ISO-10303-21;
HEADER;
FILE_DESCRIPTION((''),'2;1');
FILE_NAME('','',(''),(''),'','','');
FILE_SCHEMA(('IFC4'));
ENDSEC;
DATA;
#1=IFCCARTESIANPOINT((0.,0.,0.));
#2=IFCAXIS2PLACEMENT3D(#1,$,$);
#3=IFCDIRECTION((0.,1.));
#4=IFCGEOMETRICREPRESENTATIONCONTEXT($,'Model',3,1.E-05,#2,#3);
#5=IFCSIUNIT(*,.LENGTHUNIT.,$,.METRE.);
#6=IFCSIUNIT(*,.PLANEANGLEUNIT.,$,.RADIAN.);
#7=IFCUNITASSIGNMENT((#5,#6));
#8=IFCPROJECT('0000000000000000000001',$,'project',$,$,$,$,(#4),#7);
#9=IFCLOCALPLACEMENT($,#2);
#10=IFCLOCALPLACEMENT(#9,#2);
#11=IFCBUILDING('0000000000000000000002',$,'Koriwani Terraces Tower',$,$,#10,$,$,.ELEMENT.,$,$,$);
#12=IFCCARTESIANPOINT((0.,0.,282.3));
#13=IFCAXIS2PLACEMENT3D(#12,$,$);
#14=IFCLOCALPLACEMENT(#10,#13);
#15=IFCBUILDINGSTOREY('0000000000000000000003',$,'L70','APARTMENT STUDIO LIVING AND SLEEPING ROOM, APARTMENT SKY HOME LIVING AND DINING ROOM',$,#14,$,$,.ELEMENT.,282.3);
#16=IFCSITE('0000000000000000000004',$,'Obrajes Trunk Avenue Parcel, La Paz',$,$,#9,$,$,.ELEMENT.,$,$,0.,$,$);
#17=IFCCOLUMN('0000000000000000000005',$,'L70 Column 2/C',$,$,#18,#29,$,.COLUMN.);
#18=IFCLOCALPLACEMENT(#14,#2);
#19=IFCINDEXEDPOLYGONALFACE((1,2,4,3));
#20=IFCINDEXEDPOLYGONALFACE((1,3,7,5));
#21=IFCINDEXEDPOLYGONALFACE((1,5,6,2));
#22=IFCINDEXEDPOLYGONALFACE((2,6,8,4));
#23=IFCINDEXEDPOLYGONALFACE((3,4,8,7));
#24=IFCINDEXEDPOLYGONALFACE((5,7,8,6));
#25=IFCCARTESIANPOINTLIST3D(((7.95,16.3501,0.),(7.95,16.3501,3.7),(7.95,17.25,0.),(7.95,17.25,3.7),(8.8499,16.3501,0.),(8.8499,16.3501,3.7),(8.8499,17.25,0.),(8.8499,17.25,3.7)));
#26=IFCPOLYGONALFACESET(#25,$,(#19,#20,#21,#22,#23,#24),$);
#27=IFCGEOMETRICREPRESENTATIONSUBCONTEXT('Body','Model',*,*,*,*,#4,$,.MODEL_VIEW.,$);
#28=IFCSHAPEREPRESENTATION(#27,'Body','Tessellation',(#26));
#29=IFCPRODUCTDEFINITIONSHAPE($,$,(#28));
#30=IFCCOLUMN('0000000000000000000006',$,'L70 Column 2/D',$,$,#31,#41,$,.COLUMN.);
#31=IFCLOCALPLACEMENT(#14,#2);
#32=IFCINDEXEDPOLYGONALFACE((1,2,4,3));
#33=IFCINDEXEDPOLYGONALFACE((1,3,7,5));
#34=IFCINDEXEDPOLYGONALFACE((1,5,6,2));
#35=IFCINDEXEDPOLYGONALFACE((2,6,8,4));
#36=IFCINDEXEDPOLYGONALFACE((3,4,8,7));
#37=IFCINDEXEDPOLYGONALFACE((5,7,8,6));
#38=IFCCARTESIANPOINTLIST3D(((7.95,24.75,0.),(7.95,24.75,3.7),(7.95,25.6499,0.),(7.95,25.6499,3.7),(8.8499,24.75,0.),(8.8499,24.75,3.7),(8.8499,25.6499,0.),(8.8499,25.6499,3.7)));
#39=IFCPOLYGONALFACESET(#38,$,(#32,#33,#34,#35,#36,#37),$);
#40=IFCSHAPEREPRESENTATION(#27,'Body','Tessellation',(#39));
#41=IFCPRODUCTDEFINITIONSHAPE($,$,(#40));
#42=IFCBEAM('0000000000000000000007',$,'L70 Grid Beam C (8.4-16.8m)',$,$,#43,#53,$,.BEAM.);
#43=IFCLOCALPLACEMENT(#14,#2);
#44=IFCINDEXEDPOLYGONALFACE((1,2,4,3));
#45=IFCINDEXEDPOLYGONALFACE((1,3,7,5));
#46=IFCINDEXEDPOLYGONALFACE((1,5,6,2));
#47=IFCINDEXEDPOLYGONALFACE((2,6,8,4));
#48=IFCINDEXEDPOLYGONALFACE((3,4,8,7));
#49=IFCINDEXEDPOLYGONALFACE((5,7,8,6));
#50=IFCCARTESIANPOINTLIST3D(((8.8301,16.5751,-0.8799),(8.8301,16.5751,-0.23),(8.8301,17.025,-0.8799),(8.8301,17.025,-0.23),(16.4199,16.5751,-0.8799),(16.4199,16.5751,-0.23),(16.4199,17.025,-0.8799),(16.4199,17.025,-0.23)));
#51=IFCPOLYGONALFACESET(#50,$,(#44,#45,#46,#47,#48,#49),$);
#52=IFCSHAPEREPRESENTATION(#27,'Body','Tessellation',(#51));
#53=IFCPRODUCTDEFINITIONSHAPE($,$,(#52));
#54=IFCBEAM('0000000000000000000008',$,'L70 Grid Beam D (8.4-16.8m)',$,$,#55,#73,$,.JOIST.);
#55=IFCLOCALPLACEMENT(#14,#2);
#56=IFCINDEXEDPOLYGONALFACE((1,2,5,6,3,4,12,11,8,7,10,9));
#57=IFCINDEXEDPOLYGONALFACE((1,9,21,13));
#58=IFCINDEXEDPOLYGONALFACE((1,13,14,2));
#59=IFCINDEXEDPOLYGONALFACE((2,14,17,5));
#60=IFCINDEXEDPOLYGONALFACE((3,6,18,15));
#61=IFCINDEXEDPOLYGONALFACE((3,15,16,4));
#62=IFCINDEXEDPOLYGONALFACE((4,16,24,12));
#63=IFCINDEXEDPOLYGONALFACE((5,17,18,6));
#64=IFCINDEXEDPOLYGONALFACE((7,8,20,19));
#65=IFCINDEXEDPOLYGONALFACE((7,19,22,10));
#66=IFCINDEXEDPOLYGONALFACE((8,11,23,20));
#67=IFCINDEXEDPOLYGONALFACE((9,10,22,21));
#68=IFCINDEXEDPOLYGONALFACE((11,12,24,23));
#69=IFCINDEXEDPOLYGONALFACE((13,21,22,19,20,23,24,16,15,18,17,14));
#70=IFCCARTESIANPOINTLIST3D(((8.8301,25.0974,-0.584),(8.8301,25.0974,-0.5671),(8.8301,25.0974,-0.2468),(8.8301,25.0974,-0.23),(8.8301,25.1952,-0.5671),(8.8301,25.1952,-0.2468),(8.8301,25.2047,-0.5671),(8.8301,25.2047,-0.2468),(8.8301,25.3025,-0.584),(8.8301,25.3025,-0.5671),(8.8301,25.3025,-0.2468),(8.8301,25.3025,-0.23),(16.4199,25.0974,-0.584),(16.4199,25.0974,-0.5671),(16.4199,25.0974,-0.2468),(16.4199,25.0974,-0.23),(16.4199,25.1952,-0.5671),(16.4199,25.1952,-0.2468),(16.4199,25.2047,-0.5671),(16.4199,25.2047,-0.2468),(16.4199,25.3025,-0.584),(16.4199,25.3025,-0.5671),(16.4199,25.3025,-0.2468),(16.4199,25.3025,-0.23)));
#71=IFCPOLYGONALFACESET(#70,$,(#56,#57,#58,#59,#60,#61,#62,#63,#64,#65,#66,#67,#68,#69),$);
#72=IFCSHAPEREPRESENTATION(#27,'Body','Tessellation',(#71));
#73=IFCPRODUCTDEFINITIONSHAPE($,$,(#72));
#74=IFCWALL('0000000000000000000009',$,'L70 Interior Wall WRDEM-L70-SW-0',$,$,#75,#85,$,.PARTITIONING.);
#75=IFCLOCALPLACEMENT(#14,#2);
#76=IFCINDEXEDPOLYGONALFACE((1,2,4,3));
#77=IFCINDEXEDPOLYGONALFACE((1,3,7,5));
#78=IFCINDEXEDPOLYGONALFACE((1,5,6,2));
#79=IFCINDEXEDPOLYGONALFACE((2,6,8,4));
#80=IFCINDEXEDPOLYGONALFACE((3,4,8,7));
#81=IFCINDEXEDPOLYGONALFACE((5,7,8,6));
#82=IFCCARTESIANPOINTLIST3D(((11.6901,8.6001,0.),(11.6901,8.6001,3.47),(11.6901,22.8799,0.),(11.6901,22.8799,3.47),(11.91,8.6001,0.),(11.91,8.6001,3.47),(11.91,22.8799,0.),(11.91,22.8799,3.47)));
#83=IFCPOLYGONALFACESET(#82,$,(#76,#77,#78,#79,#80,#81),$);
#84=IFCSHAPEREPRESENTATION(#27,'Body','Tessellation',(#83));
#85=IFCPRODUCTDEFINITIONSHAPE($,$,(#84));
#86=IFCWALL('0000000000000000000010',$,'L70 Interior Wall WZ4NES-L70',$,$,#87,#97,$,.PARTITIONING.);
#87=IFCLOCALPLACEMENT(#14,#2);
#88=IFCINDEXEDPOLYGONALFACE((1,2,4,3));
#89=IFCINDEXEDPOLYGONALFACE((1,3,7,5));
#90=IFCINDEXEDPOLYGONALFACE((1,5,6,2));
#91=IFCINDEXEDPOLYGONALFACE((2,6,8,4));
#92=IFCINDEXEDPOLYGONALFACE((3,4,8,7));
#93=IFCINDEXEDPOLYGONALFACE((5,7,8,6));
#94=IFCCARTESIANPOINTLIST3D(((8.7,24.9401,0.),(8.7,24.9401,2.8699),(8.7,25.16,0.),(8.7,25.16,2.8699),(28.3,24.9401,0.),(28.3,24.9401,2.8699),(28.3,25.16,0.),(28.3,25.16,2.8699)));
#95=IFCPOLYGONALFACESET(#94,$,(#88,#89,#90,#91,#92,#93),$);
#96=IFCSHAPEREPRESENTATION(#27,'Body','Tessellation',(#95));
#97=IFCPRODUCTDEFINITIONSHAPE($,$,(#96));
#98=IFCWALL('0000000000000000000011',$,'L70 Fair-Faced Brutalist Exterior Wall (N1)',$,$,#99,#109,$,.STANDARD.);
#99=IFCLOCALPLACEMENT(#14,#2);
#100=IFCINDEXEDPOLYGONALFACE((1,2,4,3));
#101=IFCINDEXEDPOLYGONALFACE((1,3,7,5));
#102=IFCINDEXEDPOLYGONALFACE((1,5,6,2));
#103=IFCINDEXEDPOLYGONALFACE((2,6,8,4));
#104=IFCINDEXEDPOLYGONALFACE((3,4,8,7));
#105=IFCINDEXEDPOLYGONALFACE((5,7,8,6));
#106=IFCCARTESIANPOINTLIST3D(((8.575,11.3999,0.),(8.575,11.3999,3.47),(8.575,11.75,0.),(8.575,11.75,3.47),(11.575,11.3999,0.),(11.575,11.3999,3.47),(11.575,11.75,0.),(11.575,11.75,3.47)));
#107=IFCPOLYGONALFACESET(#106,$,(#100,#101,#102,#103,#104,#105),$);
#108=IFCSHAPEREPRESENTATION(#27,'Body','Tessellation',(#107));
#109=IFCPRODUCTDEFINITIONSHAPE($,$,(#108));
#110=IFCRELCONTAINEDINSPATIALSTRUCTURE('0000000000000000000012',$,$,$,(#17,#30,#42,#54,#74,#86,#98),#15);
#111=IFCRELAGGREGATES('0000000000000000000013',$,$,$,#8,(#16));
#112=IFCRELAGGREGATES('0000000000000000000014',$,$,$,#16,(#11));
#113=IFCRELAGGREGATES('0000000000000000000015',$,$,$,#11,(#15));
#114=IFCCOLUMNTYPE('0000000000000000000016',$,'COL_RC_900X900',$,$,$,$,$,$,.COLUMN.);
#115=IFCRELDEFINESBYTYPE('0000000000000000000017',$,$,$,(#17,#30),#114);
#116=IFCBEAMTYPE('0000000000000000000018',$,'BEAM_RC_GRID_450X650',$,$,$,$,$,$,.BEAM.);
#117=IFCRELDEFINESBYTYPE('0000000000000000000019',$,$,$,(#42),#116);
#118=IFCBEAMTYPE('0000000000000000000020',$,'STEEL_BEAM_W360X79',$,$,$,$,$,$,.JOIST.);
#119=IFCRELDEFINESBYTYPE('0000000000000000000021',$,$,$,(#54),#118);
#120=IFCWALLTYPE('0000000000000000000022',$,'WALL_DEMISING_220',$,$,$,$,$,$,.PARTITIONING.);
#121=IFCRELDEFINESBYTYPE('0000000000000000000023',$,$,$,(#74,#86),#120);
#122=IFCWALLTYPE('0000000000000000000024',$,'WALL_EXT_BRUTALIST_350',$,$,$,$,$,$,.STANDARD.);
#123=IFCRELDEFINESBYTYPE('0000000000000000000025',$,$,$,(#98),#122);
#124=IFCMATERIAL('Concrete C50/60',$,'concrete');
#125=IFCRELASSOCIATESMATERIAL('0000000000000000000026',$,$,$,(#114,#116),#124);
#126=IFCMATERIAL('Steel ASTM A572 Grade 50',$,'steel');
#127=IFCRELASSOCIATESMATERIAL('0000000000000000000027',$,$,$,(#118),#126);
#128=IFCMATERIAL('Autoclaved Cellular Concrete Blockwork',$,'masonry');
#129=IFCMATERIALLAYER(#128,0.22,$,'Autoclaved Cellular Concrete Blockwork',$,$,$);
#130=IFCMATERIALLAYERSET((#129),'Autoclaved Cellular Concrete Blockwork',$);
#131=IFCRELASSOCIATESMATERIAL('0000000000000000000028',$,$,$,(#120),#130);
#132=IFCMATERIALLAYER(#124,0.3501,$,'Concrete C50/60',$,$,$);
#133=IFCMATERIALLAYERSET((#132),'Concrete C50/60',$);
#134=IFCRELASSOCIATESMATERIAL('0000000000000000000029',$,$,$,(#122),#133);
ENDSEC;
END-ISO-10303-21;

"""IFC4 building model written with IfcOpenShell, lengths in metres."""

from ifc_helpers import new_model, si_unit, direction, frame, frame_2d, origin, origin_2d, place, context, subcontext, project, spatial, rectangle, i_section, extrude, material, layer, layer_set, material_profile, profile_set, type_object, element, save


model = new_model("IFC4")

# Units and contexts
model_context = context("Model", 3, precision=1e-05, world=origin(), true_north=direction((0.0, 1.0)))
body_context = subcontext(model_context, "Body", "Model", "MODEL_VIEW")
ifc_project = project(units=[si_unit("LENGTHUNIT", "METRE"), si_unit("PLANEANGLEUNIT", "RADIAN")], contexts=[model_context])

# Site, building, storey
site_placement = place(None, origin())
site = spatial("IfcSite", under=ifc_project, at=site_placement, Name="Obrajes Trunk Avenue Parcel, La Paz", CompositionType="ELEMENT", RefElevation=0.0)
building_placement = place(site_placement, origin())
building = spatial("IfcBuilding", under=site, at=building_placement, Name="Koriwani Terraces Tower", CompositionType="ELEMENT")
storey_placement = place(building_placement, frame((0.0, 0.0, 282.3)))
storey = spatial("IfcBuildingStorey", under=building, at=storey_placement, Name="L70", Description="APARTMENT STUDIO LIVING AND SLEEPING ROOM, APARTMENT SKY HOME LIVING AND DINING ROOM", CompositionType="ELEMENT", Elevation=282.3)

# Columns
ifc_material_1 = material(Name="Concrete C50/60", Category="concrete")
ifc_material_profile_1 = material_profile(ifc_material_1, rectangle(XDim=0.8999, YDim=0.8999, at=origin_2d()), Name="Concrete C50/60", Category="LoadBearing")
ifc_profile_set_1 = profile_set([ifc_material_profile_1], Name="Concrete C50/60")
column_type = type_object("IfcColumnType", Name="COL_RC_900X900", PredefinedType="COLUMN", material=ifc_profile_set_1)
for number, where, z_axis, x_axis, name in (
    (1, (8.3999, 16.8, 0.0), (0.0, 0.0, 1.0), (1.0, 0.0, 0.0), "L70 Column 2/C"),
    (2, (8.3999, 25.2, 0.0), (0.0, 0.0, 1.0), (1.0, 0.0, 0.0), "L70 Column 2/D"),
):
    element("IfcColumn", number, at=place(storey_placement, frame(where, z_axis=z_axis, x_axis=x_axis)), inside=storey, type_object=column_type, Name=name, PredefinedType="COLUMN", context=body_context, shape_type="SweptSolid", body=[
        extrude(rectangle(XDim=0.8999, YDim=0.8999, at=origin_2d()), origin(), (0.0, 0.0, 1.0), 3.7),
    ])

# Beams
ifc_material_profile_2 = material_profile(ifc_material_1, rectangle(XDim=0.45, YDim=0.6499, at=origin_2d()), Name="Concrete C50/60", Category="LoadBearing")
ifc_profile_set_2 = profile_set([ifc_material_profile_2], Name="Concrete C50/60")
beam_type_1 = type_object("IfcBeamType", Name="BEAM_RC_GRID_450X650", PredefinedType="BEAM", material=ifc_profile_set_2)
beam_1_placement = place(storey_placement, frame((8.8301, 16.8, -0.5549), z_axis=(1.0, 0.0, 0.0), x_axis=(0.0, 1.0, 0.0)))
element("IfcBeam", 3, at=beam_1_placement, inside=storey, type_object=beam_type_1, Name="L70 Grid Beam C (8.4-16.8m)", PredefinedType="BEAM", context=body_context, shape_type="SweptSolid", body=[
    extrude(rectangle(XDim=0.45, YDim=0.6499, at=origin_2d()), origin(), (0.0, 0.0, 1.0), 7.5898),
])
ifc_material_2 = material(Name="Steel ASTM A572 Grade 50", Category="steel")
ifc_material_profile_3 = material_profile(ifc_material_2, i_section(OverallWidth=0.2051, OverallDepth=0.354, WebThickness=0.0095, FlangeThickness=0.0168, at=origin_2d()), Name="Steel ASTM A572 Grade 50", Category="LoadBearing")
ifc_profile_set_3 = profile_set([ifc_material_profile_3], Name="Steel ASTM A572 Grade 50")
beam_type_2 = type_object("IfcBeamType", Name="STEEL_BEAM_W360X79", PredefinedType="JOIST", material=ifc_profile_set_3)
beam_2_placement = place(storey_placement, frame((8.8301, 25.2, -0.407), z_axis=(1.0, 0.0, 0.0), x_axis=(0.0, 1.0, 0.0)))
element("IfcBeam", 4, at=beam_2_placement, inside=storey, type_object=beam_type_2, Name="L70 Grid Beam D (8.4-16.8m)", PredefinedType="JOIST", context=body_context, shape_type="SweptSolid", body=[
    extrude(i_section(OverallWidth=0.2051, OverallDepth=0.354, WebThickness=0.0095, FlangeThickness=0.0168, at=origin_2d()), origin(), (0.0, 0.0, 1.0), 7.5898),
])

# Shared definitions
ifc_material_3 = material(Name="Autoclaved Cellular Concrete Blockwork", Category="masonry")

# Walls
ifc_layer_1 = layer(ifc_material_3, 0.22, Name="Autoclaved Cellular Concrete Blockwork")
ifc_layer_set_1 = layer_set([ifc_layer_1], Name="Autoclaved Cellular Concrete Blockwork")
wall_type_1 = type_object("IfcWallType", Name="WALL_DEMISING_220", PredefinedType="PARTITIONING", material=ifc_layer_set_1)
wall_1_placement = place(storey_placement, frame((11.8, 8.6001, 0.0), z_axis=(0.0, 0.0, 1.0), x_axis=(0.0, 1.0, 0.0)))
element("IfcWall", 5, at=wall_1_placement, inside=storey, type_object=wall_type_1, Name="L70 Interior Wall WRDEM-L70-SW-0", PredefinedType="PARTITIONING", context=body_context, shape_type="SweptSolid", body=[
    extrude(rectangle(XDim=14.2798, YDim=0.22, at=frame_2d((7.1399, 0.0))), origin(), (0.0, 0.0, 1.0), 3.47),
])
wall_2_placement = place(storey_placement, frame((8.7, 25.05, 0.0), z_axis=(0.0, 0.0, 1.0), x_axis=(1.0, 0.0, 0.0)))
element("IfcWall", 6, at=wall_2_placement, inside=storey, type_object=wall_type_1, Name="L70 Interior Wall WZ4NES-L70", PredefinedType="PARTITIONING", context=body_context, shape_type="SweptSolid", body=[
    extrude(rectangle(XDim=19.6001, YDim=0.22, at=frame_2d((9.8, 0.0))), origin(), (0.0, 0.0, 1.0), 2.8699),
])
ifc_layer_2 = layer(ifc_material_1, 0.3501, Name="Concrete C50/60")
ifc_layer_set_2 = layer_set([ifc_layer_2], Name="Concrete C50/60")
wall_type_2 = type_object("IfcWallType", Name="WALL_EXT_BRUTALIST_350", PredefinedType="STANDARD", material=ifc_layer_set_2)
wall_3_placement = place(storey_placement, frame((11.575, 11.575, 0.0), z_axis=(0.0, 0.0, 1.0), x_axis=(-1.0, 0.0, 0.0)))
element("IfcWall", 7, at=wall_3_placement, inside=storey, type_object=wall_type_2, Name="L70 Fair-Faced Brutalist Exterior Wall (N1)", PredefinedType="STANDARD", context=body_context, shape_type="SweptSolid", body=[
    extrude(rectangle(XDim=3.0, YDim=0.3501, at=frame_2d((1.5, 0.0))), origin(), (0.0, 0.0, 1.0), 3.47),
])

save(model, "model.ifc")
